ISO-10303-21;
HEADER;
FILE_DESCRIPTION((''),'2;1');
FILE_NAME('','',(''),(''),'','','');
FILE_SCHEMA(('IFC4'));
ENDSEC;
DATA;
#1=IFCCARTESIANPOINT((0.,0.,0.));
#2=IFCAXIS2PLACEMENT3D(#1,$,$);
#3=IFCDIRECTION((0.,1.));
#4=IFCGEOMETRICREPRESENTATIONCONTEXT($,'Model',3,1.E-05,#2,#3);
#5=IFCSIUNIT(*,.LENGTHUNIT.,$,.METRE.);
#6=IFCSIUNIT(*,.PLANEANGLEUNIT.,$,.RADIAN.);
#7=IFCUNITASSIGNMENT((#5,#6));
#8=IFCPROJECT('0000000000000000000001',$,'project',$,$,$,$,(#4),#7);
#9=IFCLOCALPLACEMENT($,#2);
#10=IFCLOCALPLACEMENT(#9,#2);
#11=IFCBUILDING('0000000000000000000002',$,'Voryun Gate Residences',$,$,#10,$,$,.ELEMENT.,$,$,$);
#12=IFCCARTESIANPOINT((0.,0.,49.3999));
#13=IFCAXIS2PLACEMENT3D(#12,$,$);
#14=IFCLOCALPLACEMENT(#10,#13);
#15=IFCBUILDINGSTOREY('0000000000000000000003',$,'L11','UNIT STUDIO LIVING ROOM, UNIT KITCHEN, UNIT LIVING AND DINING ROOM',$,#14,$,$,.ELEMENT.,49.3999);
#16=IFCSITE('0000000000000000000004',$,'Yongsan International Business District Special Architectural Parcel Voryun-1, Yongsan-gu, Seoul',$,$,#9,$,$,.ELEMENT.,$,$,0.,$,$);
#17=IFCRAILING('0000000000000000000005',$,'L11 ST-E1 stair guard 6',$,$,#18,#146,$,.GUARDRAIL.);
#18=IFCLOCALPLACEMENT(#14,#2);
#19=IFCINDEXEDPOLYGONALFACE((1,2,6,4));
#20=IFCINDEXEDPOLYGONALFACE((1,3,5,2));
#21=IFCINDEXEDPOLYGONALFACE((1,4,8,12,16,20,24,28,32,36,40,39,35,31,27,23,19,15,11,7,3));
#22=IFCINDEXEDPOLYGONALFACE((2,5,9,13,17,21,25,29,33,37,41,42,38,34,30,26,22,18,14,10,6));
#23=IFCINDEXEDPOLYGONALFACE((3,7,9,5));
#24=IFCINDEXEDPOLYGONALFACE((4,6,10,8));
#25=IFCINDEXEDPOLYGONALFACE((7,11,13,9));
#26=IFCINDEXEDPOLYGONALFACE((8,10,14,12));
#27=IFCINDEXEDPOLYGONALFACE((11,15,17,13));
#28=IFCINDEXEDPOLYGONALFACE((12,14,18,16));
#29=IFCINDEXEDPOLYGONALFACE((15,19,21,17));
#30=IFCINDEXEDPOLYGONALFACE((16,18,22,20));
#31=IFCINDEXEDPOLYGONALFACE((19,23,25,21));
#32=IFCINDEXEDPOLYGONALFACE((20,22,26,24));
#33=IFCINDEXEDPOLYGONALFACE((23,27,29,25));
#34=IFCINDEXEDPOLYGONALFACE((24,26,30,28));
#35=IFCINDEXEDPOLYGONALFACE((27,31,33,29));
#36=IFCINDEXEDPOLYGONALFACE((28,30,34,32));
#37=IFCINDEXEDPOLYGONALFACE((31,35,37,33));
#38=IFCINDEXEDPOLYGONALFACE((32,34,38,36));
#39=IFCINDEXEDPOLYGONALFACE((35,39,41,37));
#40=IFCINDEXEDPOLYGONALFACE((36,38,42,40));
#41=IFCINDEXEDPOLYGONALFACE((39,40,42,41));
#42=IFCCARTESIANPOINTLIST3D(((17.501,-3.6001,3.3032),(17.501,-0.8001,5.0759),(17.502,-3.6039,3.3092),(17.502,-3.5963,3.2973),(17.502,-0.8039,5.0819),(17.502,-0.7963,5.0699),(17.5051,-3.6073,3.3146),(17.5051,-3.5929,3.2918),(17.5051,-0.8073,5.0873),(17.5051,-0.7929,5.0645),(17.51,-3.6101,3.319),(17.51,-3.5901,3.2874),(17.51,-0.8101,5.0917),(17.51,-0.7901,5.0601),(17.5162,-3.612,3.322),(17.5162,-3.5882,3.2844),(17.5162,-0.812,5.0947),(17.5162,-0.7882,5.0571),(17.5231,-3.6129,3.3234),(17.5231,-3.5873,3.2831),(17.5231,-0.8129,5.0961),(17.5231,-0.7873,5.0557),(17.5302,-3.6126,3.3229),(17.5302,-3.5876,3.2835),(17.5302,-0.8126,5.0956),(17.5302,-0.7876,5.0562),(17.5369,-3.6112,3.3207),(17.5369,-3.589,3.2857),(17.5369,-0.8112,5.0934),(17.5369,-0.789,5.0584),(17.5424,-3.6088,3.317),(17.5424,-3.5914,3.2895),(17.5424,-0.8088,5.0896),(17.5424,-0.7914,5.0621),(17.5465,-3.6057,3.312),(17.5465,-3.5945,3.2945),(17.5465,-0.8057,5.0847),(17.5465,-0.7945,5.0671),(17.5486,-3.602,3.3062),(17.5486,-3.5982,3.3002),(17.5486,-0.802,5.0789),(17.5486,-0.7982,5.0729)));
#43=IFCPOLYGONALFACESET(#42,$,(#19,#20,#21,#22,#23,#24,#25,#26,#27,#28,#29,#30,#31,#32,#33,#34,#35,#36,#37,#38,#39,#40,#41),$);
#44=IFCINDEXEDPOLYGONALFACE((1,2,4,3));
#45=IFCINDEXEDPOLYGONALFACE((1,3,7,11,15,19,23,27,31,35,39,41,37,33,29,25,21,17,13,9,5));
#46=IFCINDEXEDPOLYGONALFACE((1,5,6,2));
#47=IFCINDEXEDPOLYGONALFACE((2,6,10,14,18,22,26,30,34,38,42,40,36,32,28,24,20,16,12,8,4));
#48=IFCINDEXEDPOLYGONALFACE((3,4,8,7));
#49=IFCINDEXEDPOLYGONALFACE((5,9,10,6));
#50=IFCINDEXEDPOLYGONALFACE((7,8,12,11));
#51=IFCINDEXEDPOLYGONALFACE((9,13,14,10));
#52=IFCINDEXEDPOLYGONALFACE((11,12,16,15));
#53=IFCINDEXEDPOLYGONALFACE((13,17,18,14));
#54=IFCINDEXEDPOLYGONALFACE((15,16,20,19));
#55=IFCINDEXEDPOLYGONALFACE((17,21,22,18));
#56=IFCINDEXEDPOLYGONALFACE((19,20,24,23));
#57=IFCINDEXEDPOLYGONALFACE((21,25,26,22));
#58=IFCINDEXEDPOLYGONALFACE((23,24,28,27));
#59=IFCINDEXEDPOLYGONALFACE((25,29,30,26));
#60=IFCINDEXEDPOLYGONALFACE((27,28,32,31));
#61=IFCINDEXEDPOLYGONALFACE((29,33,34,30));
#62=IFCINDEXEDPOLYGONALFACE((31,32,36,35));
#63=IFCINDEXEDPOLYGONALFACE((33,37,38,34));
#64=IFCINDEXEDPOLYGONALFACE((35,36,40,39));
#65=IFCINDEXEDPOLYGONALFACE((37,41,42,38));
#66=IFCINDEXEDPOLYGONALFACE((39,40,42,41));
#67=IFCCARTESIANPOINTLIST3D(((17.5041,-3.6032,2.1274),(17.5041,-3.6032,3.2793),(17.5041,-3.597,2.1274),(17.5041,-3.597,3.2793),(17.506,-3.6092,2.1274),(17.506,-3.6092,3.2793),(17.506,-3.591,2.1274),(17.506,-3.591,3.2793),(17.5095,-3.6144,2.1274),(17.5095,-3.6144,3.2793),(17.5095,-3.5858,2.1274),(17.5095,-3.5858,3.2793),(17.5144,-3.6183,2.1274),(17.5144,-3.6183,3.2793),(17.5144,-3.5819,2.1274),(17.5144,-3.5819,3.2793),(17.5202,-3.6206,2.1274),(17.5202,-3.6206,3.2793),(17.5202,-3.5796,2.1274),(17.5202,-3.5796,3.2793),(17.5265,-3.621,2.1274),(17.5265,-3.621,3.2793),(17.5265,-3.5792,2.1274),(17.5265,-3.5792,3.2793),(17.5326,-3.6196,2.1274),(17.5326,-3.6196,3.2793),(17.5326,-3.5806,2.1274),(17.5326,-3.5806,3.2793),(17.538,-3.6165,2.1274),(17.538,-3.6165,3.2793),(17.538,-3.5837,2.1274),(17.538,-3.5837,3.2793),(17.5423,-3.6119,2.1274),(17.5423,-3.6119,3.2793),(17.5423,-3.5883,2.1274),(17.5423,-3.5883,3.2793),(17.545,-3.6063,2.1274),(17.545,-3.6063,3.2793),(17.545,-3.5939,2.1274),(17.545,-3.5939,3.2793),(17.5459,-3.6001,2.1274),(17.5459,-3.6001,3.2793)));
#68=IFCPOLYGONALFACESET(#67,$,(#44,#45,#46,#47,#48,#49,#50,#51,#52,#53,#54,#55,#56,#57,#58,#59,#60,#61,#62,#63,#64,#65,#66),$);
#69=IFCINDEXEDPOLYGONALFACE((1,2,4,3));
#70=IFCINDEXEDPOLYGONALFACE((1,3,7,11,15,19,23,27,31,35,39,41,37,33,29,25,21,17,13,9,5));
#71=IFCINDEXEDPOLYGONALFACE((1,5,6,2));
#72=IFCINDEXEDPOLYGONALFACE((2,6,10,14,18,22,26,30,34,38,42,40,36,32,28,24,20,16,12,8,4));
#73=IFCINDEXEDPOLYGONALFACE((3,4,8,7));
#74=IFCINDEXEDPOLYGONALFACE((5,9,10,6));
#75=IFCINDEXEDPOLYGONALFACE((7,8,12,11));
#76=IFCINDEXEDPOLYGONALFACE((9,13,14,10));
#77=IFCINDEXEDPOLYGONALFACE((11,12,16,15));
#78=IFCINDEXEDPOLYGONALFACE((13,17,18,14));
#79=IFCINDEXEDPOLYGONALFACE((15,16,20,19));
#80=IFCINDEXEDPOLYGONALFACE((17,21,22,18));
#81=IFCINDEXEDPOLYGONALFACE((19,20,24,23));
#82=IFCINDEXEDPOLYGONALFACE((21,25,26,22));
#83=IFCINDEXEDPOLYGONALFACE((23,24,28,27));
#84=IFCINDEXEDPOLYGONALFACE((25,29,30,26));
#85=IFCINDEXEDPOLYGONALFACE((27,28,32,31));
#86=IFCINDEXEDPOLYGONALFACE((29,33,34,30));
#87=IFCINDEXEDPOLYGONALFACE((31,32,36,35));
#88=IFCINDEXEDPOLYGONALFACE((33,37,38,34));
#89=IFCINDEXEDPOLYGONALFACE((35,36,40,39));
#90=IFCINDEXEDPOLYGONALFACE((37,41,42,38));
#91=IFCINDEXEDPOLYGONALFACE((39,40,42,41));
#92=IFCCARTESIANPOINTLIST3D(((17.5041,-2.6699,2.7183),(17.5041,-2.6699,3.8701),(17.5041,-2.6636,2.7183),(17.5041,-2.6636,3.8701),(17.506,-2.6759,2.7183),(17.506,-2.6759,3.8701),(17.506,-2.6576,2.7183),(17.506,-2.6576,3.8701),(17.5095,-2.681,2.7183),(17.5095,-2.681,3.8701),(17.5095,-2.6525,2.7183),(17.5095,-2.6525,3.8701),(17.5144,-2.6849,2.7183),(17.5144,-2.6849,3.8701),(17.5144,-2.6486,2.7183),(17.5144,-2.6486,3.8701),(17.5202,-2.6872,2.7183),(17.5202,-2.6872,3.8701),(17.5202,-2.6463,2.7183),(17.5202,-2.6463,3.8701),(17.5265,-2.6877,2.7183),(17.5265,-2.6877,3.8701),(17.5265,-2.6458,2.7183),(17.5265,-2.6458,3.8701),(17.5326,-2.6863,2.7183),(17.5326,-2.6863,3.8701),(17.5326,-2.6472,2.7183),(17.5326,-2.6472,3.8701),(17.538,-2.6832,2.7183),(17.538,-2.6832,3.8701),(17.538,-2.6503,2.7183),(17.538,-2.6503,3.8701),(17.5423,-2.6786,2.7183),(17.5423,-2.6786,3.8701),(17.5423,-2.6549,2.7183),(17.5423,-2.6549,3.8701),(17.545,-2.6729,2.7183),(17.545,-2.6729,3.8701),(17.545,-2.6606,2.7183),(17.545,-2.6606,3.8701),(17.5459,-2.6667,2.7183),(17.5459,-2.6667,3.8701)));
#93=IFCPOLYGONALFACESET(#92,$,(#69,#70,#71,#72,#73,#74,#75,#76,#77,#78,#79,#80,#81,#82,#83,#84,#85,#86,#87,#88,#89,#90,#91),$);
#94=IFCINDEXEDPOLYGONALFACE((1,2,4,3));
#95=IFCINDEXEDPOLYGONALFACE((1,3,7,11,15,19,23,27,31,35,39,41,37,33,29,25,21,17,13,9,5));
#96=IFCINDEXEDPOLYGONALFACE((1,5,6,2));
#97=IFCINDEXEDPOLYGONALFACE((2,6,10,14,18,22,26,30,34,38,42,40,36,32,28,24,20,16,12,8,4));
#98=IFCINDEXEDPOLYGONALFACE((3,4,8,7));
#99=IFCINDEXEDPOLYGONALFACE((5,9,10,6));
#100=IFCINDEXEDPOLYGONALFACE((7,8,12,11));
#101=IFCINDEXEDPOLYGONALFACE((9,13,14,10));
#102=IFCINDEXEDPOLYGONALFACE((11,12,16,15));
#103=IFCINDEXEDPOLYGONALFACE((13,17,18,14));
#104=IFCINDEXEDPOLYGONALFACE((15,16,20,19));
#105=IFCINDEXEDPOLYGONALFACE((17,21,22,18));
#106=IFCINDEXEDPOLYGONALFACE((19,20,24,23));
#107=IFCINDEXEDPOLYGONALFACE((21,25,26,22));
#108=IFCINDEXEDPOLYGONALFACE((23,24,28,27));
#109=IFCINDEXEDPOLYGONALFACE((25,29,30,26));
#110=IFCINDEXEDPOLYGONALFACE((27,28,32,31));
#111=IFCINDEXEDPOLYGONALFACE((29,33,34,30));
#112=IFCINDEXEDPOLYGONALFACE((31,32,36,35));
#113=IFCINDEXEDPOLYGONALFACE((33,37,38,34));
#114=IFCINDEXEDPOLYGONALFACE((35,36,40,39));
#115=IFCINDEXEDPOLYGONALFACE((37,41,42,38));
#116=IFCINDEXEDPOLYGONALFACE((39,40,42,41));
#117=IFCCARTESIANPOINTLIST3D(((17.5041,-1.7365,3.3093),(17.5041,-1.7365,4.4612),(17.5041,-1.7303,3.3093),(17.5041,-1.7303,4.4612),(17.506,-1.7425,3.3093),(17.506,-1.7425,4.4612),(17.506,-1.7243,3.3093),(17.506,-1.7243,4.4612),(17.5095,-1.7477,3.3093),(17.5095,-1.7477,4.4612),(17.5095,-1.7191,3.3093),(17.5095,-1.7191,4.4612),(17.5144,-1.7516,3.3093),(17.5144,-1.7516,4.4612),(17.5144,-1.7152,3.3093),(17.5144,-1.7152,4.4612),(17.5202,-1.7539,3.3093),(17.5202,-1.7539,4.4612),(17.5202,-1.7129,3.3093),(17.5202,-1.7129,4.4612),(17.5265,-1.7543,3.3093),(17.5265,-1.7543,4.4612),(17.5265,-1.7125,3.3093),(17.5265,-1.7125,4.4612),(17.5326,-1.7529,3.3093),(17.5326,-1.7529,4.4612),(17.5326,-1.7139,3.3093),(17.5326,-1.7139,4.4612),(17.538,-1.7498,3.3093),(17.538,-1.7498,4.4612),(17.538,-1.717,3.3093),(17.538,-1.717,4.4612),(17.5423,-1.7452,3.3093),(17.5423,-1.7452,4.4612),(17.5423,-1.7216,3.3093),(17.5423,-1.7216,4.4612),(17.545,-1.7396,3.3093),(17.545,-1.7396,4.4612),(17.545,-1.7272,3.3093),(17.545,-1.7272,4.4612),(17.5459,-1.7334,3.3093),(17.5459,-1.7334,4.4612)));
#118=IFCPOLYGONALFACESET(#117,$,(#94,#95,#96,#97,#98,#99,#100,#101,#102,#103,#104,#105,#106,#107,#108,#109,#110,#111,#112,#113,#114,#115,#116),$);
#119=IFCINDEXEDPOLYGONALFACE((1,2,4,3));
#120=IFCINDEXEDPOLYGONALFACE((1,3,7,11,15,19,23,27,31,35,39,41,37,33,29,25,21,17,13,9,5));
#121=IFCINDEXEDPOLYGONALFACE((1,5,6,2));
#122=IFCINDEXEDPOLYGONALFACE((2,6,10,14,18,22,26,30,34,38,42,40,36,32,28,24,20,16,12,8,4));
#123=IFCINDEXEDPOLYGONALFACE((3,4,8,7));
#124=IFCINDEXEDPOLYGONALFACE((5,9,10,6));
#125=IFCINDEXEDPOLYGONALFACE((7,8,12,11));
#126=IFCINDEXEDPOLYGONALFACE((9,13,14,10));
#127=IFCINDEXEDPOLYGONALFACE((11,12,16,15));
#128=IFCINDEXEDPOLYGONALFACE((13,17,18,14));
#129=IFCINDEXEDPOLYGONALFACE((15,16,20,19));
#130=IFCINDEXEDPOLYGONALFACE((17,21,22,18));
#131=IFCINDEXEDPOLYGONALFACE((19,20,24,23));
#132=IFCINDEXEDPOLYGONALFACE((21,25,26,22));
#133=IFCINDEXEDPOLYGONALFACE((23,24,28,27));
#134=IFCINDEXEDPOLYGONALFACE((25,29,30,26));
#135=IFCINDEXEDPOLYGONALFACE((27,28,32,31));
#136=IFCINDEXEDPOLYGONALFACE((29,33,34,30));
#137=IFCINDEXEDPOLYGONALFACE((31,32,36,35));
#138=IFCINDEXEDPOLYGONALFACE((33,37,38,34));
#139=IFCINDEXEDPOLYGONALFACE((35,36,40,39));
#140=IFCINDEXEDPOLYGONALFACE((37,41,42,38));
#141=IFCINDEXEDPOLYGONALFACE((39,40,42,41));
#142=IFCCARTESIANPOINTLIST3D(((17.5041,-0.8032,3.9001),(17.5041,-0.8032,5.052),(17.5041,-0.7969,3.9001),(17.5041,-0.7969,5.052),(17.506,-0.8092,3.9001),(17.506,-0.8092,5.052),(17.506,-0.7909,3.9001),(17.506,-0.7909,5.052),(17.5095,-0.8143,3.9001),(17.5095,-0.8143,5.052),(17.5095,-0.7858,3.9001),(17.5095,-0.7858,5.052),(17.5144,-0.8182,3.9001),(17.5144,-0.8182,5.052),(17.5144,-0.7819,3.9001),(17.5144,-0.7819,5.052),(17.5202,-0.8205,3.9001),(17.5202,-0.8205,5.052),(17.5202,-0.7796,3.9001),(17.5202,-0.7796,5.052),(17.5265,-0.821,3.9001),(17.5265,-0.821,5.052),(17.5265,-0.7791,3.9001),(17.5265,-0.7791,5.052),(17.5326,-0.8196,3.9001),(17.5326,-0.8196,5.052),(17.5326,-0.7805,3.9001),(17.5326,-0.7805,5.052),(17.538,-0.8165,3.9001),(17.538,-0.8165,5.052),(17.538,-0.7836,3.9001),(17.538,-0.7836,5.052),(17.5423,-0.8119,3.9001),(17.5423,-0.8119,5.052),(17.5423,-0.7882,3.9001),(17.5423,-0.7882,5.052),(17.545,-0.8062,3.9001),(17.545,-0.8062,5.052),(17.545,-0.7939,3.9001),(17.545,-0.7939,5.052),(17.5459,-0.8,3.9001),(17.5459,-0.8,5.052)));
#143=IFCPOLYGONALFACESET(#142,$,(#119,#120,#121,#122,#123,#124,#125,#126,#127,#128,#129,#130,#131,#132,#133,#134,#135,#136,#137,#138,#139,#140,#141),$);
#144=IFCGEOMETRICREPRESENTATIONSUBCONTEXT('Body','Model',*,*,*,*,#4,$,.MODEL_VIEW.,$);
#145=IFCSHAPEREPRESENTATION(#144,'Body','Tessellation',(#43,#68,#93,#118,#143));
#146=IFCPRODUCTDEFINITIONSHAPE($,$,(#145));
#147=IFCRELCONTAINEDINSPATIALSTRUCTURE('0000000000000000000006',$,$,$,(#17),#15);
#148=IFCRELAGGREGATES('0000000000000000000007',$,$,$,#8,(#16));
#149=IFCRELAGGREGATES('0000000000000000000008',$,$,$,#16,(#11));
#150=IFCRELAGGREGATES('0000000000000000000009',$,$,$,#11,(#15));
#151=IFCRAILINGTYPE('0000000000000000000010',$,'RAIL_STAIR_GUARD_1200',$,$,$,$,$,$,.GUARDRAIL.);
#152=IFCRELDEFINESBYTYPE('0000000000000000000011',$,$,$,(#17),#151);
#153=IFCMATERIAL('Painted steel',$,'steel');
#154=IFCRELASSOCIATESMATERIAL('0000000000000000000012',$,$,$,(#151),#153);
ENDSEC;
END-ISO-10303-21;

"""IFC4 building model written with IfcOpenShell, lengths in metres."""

from ifc_helpers import new_model, si_unit, direction, frame, origin, origin_2d, place, context, subcontext, project, spatial, circle, extrude, material, type_object, element, save


model = new_model("IFC4")

# Units and contexts
model_context = context("Model", 3, precision=1e-05, world=origin(), true_north=direction((0.0, 1.0)))
body_context = subcontext(model_context, "Body", "Model", "MODEL_VIEW")
ifc_project = project(units=[si_unit("LENGTHUNIT", "METRE"), si_unit("PLANEANGLEUNIT", "RADIAN")], contexts=[model_context])

# Site, building, storey
site_placement = place(None, origin())
site = spatial("IfcSite", under=ifc_project, at=site_placement, Name="Yongsan International Business District Special Architectural Parcel Voryun-1, Yongsan-gu, Seoul", CompositionType="ELEMENT", RefElevation=0.0)
building_placement = place(site_placement, origin())
building = spatial("IfcBuilding", under=site, at=building_placement, Name="Voryun Gate Residences", CompositionType="ELEMENT")
storey_placement = place(building_placement, frame((0.0, 0.0, 49.3999)))
storey = spatial("IfcBuildingStorey", under=building, at=storey_placement, Name="L11", Description="UNIT STUDIO LIVING ROOM, UNIT KITCHEN, UNIT LIVING AND DINING ROOM", CompositionType="ELEMENT", Elevation=49.3999)

# Railing
ifc_material_1 = material(Name="Painted steel", Category="steel")
railing_type_1 = type_object("IfcRailingType", Name="RAIL_STAIR_GUARD_1200", PredefinedType="GUARDRAIL", material=ifc_material_1)
railing_1_placement = place(storey_placement, frame((17.5249, -3.6001, 2.1274)))
element("IfcRailing", 1, at=railing_1_placement, inside=storey, type_object=railing_type_1, Name="L11 ST-E1 stair guard 6", PredefinedType="GUARDRAIL", context=body_context, shape_type="SweptSolid", body=[
    extrude(circle(Radius=0.0239, at=origin_2d()), frame((0.0, 0.0, 1.1758), z_axis=(0.0, 0.844909, 0.53491), x_axis=(-1.0, 0.0, 0.0)), (0.0, 0.0, 1.0), 3.314),
    extrude(circle(Radius=0.021, at=origin_2d()), origin(), (0.0, 0.0, 1.0), 1.1519),
    extrude(circle(Radius=0.021, at=origin_2d()), frame((0.0, 0.9333, 0.5908)), (0.0, 0.0, 1.0), 1.1519),
    extrude(circle(Radius=0.021, at=origin_2d()), frame((0.0, 1.8667, 1.1819)), (0.0, 0.0, 1.0), 1.1519),
    extrude(circle(Radius=0.021, at=origin_2d()), frame((0.0, 2.8, 1.7727)), (0.0, 0.0, 1.0), 1.1519),
])

save(model, "model.ifc")
